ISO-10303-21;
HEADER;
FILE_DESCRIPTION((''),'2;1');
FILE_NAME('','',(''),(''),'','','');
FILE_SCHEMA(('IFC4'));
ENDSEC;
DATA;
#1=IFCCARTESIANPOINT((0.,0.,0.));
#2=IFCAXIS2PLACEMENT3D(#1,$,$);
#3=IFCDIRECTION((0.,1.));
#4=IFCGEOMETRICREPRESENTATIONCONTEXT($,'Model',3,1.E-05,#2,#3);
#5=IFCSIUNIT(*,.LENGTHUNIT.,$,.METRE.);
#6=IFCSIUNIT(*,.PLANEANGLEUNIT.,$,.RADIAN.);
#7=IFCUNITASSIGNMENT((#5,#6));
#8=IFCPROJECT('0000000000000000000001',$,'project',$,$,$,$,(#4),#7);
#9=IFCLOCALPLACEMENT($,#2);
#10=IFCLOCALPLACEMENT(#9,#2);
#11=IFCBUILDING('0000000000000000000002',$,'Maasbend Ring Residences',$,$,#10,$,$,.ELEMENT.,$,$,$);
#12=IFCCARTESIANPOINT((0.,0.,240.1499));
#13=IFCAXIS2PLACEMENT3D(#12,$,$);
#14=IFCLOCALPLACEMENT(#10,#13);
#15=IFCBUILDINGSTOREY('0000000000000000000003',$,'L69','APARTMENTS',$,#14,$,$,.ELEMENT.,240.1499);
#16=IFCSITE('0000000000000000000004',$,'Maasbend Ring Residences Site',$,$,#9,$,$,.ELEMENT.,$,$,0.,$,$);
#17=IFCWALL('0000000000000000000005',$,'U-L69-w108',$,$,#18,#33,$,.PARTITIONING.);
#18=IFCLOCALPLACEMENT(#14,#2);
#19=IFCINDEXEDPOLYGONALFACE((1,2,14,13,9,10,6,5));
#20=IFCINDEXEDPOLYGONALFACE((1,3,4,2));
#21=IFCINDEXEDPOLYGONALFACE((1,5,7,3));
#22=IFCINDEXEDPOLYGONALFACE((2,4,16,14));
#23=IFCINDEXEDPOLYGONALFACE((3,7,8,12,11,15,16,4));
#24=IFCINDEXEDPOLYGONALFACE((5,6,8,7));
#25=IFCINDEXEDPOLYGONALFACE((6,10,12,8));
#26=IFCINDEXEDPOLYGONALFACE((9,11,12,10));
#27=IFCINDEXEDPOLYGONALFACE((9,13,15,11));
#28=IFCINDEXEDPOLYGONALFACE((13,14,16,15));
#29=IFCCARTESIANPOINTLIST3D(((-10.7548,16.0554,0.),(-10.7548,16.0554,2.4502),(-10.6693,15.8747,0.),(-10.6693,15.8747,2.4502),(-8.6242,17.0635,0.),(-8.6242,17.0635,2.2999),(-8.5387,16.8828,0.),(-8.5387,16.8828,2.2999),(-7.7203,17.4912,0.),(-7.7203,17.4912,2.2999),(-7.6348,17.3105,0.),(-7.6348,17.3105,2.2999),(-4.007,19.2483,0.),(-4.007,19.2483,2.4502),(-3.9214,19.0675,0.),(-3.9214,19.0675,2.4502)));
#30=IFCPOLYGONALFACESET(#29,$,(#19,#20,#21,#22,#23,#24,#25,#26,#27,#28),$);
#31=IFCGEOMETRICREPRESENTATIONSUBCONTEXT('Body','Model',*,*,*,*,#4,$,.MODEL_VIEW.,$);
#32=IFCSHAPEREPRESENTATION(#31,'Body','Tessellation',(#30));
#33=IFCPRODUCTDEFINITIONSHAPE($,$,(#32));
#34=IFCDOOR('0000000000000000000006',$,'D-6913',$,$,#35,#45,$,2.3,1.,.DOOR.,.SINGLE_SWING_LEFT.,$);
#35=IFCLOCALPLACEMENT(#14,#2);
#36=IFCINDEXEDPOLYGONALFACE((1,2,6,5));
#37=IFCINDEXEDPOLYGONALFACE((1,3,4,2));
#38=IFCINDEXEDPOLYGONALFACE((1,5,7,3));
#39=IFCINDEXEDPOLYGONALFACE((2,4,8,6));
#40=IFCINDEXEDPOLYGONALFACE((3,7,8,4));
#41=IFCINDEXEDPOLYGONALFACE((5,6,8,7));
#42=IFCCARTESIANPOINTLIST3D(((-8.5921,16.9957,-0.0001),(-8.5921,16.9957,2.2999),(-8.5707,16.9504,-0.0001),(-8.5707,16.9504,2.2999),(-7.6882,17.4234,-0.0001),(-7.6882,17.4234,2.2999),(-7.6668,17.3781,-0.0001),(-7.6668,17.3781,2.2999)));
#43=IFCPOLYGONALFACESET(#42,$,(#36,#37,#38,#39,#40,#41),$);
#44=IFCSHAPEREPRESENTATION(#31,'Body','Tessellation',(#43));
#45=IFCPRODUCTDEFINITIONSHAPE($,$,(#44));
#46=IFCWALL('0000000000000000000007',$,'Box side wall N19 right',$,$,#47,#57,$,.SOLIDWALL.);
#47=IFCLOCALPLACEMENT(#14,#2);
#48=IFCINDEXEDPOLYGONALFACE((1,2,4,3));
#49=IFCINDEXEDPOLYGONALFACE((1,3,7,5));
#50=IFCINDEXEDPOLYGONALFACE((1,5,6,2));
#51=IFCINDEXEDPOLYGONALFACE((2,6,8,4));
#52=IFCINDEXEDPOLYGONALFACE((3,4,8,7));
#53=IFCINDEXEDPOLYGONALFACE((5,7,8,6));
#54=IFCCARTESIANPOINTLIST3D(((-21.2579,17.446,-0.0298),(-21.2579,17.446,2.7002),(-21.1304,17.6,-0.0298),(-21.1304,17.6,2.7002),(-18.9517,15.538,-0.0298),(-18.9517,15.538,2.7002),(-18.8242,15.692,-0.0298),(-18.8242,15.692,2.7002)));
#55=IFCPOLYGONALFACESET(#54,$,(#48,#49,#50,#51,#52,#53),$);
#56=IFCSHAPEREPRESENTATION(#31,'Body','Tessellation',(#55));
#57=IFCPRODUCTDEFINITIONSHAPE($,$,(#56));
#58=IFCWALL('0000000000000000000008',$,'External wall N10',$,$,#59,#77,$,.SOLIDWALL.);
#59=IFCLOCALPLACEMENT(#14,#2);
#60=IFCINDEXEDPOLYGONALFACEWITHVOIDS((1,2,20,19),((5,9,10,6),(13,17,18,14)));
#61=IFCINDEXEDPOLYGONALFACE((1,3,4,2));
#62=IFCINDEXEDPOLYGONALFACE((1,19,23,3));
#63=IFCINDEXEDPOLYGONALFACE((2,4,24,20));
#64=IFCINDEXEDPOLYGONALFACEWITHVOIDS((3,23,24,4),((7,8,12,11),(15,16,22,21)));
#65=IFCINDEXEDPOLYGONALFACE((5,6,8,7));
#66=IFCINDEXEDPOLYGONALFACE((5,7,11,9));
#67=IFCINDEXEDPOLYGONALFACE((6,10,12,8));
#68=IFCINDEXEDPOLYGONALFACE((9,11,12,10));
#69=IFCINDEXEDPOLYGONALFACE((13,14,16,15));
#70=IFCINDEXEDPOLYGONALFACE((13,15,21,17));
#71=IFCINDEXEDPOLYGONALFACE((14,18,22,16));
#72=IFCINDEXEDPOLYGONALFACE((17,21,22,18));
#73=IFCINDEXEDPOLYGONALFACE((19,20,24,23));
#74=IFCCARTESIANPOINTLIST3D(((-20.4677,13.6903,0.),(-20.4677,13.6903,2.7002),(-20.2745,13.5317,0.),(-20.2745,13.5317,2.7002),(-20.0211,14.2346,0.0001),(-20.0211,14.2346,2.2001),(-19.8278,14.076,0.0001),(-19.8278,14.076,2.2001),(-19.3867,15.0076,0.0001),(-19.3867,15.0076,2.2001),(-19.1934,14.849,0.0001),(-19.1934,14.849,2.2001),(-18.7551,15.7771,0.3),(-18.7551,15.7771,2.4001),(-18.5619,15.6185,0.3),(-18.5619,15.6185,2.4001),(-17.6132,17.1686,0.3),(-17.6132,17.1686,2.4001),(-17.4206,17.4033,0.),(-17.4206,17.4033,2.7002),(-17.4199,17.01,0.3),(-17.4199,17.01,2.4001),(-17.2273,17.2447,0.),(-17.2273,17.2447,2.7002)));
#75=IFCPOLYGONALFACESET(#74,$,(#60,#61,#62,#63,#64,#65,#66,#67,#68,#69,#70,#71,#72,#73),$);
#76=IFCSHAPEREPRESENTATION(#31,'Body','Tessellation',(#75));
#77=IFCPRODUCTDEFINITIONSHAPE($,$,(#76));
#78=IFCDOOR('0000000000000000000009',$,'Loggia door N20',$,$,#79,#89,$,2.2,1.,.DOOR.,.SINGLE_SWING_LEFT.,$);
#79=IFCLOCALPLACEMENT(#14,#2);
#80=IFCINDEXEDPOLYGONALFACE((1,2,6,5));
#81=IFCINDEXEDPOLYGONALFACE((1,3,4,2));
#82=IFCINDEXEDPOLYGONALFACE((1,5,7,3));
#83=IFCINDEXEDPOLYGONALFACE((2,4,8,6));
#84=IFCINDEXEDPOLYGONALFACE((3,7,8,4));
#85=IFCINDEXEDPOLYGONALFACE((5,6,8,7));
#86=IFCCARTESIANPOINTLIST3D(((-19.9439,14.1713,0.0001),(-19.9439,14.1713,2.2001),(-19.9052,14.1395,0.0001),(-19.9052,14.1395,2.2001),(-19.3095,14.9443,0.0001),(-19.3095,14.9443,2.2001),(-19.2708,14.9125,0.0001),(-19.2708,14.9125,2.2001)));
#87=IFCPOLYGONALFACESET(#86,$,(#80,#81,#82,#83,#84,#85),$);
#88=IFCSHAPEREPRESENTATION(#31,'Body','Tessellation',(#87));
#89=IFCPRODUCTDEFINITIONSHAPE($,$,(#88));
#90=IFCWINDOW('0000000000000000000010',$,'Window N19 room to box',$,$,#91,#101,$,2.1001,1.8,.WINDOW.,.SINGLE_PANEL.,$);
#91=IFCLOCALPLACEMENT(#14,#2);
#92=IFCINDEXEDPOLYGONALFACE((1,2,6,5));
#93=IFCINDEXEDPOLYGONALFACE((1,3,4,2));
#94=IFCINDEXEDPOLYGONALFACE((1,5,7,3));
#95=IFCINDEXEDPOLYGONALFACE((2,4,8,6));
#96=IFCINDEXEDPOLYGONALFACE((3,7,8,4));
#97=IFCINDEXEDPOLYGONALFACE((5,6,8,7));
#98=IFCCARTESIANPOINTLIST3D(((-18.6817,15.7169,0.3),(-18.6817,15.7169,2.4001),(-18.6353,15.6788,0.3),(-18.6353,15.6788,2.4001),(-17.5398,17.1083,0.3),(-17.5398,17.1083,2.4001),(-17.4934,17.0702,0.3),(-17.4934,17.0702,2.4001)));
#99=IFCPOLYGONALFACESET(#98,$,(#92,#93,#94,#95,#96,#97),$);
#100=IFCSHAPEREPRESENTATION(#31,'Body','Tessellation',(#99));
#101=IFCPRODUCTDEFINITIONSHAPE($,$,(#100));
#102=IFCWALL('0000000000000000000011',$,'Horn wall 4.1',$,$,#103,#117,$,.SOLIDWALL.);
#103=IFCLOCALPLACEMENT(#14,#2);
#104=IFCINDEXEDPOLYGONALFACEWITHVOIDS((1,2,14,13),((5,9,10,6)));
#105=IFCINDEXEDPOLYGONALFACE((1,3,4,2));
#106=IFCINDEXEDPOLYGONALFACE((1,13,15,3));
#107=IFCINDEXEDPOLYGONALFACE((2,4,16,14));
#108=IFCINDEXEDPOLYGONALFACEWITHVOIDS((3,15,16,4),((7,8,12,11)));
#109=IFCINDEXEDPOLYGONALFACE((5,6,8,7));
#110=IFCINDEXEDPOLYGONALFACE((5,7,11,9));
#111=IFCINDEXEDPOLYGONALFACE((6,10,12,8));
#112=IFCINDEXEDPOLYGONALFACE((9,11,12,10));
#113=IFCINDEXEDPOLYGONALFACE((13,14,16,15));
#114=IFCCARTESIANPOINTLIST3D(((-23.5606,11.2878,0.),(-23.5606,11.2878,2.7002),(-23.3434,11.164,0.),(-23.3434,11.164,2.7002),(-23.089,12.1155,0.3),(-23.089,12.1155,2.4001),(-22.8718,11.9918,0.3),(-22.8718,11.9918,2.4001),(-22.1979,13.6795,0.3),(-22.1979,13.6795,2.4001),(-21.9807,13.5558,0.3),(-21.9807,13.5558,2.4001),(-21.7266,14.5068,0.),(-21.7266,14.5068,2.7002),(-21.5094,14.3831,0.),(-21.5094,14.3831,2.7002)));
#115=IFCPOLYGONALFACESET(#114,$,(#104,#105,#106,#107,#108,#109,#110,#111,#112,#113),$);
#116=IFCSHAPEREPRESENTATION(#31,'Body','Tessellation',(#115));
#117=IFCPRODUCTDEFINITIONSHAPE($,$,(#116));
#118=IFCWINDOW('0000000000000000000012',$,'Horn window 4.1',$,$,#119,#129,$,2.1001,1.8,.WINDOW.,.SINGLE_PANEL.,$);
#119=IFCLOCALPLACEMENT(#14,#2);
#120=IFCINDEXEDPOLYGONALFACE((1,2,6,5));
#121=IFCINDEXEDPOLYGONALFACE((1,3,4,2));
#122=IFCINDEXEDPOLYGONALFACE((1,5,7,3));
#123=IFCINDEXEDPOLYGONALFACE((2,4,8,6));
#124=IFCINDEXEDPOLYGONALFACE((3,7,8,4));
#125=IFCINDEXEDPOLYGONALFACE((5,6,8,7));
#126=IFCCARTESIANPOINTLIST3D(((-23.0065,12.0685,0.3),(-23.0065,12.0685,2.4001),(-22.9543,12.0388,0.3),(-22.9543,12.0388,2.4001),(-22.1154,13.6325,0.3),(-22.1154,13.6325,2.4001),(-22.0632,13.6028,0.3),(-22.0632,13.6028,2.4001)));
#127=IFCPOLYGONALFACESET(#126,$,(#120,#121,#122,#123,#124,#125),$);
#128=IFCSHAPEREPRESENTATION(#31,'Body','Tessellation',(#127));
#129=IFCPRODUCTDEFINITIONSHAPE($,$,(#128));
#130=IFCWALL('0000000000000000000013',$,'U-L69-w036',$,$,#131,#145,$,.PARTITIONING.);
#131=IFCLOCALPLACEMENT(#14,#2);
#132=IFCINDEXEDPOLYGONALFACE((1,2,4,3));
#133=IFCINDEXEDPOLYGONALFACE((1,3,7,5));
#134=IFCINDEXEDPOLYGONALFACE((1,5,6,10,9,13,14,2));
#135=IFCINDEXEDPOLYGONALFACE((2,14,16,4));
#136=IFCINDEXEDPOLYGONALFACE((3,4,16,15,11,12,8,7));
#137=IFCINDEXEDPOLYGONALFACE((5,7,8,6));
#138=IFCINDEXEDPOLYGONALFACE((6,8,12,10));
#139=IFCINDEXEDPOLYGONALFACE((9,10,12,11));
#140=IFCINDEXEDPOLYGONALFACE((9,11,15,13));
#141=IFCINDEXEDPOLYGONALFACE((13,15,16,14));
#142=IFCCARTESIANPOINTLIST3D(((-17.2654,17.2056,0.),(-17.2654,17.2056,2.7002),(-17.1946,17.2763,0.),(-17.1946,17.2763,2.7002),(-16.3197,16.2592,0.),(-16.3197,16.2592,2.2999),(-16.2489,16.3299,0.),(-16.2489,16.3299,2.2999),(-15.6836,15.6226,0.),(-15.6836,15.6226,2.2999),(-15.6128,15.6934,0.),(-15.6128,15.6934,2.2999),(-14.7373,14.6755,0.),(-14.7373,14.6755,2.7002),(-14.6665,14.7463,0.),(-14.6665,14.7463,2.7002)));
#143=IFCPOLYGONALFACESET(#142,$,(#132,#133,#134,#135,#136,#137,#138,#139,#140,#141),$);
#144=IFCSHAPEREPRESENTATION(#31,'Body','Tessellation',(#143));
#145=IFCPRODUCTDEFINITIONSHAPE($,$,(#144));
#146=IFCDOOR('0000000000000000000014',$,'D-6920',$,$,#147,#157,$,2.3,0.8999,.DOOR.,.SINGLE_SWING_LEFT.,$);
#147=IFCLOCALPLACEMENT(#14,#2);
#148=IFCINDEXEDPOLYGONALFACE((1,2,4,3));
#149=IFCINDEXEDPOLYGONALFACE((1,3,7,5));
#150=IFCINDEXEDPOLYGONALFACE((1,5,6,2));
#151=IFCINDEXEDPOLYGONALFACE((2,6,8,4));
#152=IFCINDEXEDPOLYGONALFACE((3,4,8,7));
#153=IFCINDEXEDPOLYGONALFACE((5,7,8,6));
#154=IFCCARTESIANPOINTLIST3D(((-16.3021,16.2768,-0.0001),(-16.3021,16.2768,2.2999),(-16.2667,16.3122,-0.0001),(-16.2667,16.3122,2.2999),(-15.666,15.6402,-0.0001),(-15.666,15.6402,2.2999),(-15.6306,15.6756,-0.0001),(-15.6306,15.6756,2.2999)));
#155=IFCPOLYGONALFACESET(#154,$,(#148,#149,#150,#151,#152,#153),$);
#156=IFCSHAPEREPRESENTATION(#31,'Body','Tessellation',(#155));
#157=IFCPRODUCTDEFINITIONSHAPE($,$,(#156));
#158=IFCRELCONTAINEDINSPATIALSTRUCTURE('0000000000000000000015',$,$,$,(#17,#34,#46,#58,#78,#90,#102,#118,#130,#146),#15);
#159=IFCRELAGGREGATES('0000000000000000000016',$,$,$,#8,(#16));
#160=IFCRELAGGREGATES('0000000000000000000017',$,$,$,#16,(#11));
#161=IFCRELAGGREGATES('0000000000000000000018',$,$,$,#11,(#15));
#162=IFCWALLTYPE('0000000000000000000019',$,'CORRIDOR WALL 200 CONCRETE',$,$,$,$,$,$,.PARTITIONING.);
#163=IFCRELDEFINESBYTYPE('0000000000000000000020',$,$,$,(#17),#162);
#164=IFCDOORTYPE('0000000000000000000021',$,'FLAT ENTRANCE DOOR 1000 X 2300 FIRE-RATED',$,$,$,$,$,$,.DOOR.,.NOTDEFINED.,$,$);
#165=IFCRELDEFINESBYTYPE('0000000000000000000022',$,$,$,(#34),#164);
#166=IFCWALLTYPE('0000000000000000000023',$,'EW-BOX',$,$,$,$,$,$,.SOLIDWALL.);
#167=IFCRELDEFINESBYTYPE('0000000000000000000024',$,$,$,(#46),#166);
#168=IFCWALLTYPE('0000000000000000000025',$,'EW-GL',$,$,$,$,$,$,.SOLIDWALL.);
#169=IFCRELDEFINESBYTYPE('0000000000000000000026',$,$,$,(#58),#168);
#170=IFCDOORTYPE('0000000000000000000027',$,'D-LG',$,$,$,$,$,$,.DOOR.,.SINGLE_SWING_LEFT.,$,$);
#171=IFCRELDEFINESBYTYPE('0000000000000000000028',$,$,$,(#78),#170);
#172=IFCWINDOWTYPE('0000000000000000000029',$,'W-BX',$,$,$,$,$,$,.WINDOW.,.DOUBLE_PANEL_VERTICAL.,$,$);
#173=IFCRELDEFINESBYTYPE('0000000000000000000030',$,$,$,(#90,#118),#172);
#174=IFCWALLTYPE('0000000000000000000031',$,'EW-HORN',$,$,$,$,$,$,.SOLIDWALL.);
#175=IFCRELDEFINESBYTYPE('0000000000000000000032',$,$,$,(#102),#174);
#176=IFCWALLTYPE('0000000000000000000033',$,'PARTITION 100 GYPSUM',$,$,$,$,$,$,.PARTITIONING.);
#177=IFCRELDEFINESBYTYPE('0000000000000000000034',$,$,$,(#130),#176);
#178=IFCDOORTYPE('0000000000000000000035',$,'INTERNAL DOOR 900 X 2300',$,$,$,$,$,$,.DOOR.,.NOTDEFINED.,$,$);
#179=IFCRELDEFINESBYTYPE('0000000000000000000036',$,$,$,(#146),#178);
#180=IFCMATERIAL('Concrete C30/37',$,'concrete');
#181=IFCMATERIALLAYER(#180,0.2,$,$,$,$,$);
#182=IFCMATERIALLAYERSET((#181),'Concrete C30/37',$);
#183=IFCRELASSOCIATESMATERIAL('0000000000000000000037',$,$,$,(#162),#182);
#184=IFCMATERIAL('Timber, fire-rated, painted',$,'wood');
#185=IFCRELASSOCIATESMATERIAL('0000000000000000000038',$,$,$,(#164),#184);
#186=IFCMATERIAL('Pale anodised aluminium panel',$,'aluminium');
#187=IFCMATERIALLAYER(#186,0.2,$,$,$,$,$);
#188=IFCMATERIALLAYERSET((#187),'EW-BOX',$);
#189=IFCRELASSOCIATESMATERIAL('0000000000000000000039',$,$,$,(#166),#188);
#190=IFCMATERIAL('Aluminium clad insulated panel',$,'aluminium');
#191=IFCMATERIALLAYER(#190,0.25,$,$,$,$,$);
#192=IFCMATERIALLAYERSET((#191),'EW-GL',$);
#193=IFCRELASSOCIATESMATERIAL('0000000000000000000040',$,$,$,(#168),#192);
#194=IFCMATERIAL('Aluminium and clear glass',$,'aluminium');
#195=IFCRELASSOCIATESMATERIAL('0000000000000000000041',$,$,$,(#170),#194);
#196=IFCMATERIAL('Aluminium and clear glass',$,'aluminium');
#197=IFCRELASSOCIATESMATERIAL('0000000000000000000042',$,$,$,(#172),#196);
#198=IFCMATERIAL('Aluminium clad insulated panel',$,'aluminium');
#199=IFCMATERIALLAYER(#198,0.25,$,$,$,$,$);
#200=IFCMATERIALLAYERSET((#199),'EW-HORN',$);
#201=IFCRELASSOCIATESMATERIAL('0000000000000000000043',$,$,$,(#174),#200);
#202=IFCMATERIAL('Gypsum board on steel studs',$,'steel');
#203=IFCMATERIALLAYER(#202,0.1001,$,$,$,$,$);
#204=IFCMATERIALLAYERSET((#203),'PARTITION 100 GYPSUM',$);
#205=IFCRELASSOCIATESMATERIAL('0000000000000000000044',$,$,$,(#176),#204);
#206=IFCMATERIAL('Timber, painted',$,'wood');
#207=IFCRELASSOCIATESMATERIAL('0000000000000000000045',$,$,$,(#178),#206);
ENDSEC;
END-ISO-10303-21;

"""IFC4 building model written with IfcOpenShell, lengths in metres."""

from ifc_helpers import new_model, si_unit, direction, frame, frame_2d, origin, place, context, subcontext, project, spatial, rectangle, extrude, material, layer, layer_set, type_object, element, fill, save


model = new_model("IFC4")

# Units and contexts
model_context = context("Model", 3, precision=1e-05, world=origin(), true_north=direction((0.0, 1.0)))
body_context = subcontext(model_context, "Body", "Model", "MODEL_VIEW")
ifc_project = project(units=[si_unit("LENGTHUNIT", "METRE"), si_unit("PLANEANGLEUNIT", "RADIAN")], contexts=[model_context])

# Site, building, storey
site_placement = place(None, origin())
site = spatial("IfcSite", under=ifc_project, at=site_placement, Name="Maasbend Ring Residences Site", CompositionType="ELEMENT", RefElevation=0.0)
building_placement = place(site_placement, origin())
building = spatial("IfcBuilding", under=site, at=building_placement, Name="Maasbend Ring Residences", CompositionType="ELEMENT")
storey_placement = place(building_placement, frame((0.0, 0.0, 240.1499)))
storey = spatial("IfcBuildingStorey", under=building, at=storey_placement, Name="L69", Description="APARTMENTS", CompositionType="ELEMENT", Elevation=240.1499)

# Wall, opening, door
ifc_material_1 = material(Name="Concrete C30/37", Category="concrete")
ifc_layer_1 = layer(ifc_material_1, 0.2)
ifc_layer_set_1 = layer_set([ifc_layer_1], Name="Concrete C30/37")
wall_type_1 = type_object("IfcWallType", Name="CORRIDOR WALL 200 CONCRETE", PredefinedType="PARTITIONING", material=ifc_layer_set_1)
wall_1_placement = place(storey_placement, frame((-10.7119, 15.9651, 0.0), z_axis=(0.0, 0.0, 1.0), x_axis=(0.903917, 0.427708, 0.0)))
wall_1 = element("IfcWall", 1, at=wall_1_placement, inside=storey, type_object=wall_type_1, Name="U-L69-w108", PredefinedType="PARTITIONING", context=body_context, shape_type="SweptSolid", body=[
    extrude(rectangle(XDim=7.4651, YDim=0.2, at=frame_2d((3.7324, 0.0))), origin(), (0.0, 0.0, 1.0), 2.4502),
])
opening_1_placement = place(wall_1_placement, frame((2.3569, 0.0, 0.0)))
opening_1 = element("IfcOpeningElement", 2, at=opening_1_placement, cuts=wall_1, PredefinedType="OPENING", context=body_context, shape_type="SweptSolid", body=[
    extrude(rectangle(XDim=1.0, YDim=2.3, at=frame_2d((0.5, 1.1499))), frame((0.0, 0.1099, 0.0), z_axis=(0.0, -1.0, 0.0), x_axis=(1.0, 0.0, 0.0)), (0.0, 0.0, 1.0), 0.22),
])
ifc_material_2 = material(Name="Timber, fire-rated, painted", Category="wood")
door_type_1 = type_object("IfcDoorType", Name="FLAT ENTRANCE DOOR 1000 X 2300 FIRE-RATED", OperationType="NOTDEFINED", PredefinedType="DOOR", material=ifc_material_2)
door_1_placement = place(opening_1_placement, origin())
door_1 = element("IfcDoor", 3, at=door_1_placement, inside=storey, type_object=door_type_1, Name="D-6913", OperationType="SINGLE_SWING_LEFT", OverallHeight=2.3, OverallWidth=1.0, PredefinedType="DOOR", context=body_context, shape_type="SweptSolid", body=[
    extrude(rectangle(XDim=1.0, YDim=2.3, at=frame_2d((0.5, 1.1499))), frame((0.0, 0.0249, 0.0), z_axis=(0.0, -1.0, 0.0), x_axis=(1.0, 0.0, 0.0)), (0.0, 0.0, 1.0), 0.05),
])
fill(opening_1, door_1)

# Wall
ifc_material_3 = material(Name="Pale anodised aluminium panel", Category="aluminium")
ifc_layer_2 = layer(ifc_material_3, 0.2)
ifc_layer_set_2 = layer_set([ifc_layer_2], Name="EW-BOX")
wall_type_2 = type_object("IfcWallType", Name="EW-BOX", PredefinedType="SOLIDWALL", material=ifc_layer_set_2)
wall_2_placement = place(storey_placement, frame((-18.8879, 15.615, -0.0298), z_axis=(0.0, 0.0, 1.0), x_axis=(-0.77049, 0.637453, 0.0)))
element("IfcWall", 4, at=wall_2_placement, inside=storey, type_object=wall_type_2, Name="Box side wall N19 right", PredefinedType="SOLIDWALL", context=body_context, shape_type="SweptSolid", body=[
    extrude(rectangle(XDim=2.9932, YDim=0.2, at=frame_2d((1.4966, 0.0))), origin(), (0.0, 0.0, 1.0), 2.73),
])

# Wall, openings, door, window
ifc_material_4 = material(Name="Aluminium clad insulated panel", Category="aluminium")
ifc_layer_3 = layer(ifc_material_4, 0.25)
ifc_layer_set_3 = layer_set([ifc_layer_3], Name="EW-GL")
wall_type_3 = type_object("IfcWallType", Name="EW-GL", PredefinedType="SOLIDWALL", material=ifc_layer_set_3)
wall_3_placement = place(storey_placement, frame((-17.324, 17.324, 0.0), z_axis=(0.0, 0.0, 1.0), x_axis=(-0.634397, -0.773008, 0.0)))
wall_3 = element("IfcWall", 5, at=wall_3_placement, inside=storey, type_object=wall_type_3, Name="External wall N10", PredefinedType="SOLIDWALL", context=body_context, shape_type="SweptSolid", body=[
    extrude(rectangle(XDim=4.8032, YDim=0.25, at=frame_2d((2.4016, 0.0))), origin(), (0.0, 0.0, 1.0), 2.7002),
])
opening_2_placement = place(wall_3_placement, frame((0.3037, 0.0, 0.3)))
opening_2 = element("IfcOpeningElement", 6, at=opening_2_placement, cuts=wall_3, PredefinedType="OPENING", context=body_context, shape_type="SweptSolid", body=[
    extrude(rectangle(XDim=1.8, YDim=2.1001, at=frame_2d((0.8999, 1.05))), frame((0.0, 0.135, 0.0), z_axis=(0.0, -1.0, 0.0), x_axis=(1.0, 0.0, 0.0)), (0.0, 0.0, 1.0), 0.27),
])
opening_3_placement = place(wall_3_placement, frame((3.0991, 0.0, 0.0)))
opening_3 = element("IfcOpeningElement", 7, at=opening_3_placement, cuts=wall_3, PredefinedType="OPENING", context=body_context, shape_type="SweptSolid", body=[
    extrude(rectangle(XDim=1.0, YDim=2.2, at=frame_2d((0.5, 1.1001))), frame((0.0, 0.135, 0.0), z_axis=(0.0, -1.0, 0.0), x_axis=(1.0, 0.0, 0.0)), (0.0, 0.0, 1.0), 0.27),
])
ifc_material_5 = material(Name="Aluminium and clear glass", Category="aluminium")
door_type_2 = type_object("IfcDoorType", Name="D-LG", OperationType="SINGLE_SWING_LEFT", PredefinedType="DOOR", material=ifc_material_5)
door_2_placement = place(opening_3_placement, origin())
door_2 = element("IfcDoor", 8, at=door_2_placement, inside=storey, type_object=door_type_2, Name="Loggia door N20", OperationType="SINGLE_SWING_LEFT", OverallHeight=2.2, OverallWidth=1.0, PredefinedType="DOOR", context=body_context, shape_type="SweptSolid", body=[
    extrude(rectangle(XDim=1.0, YDim=2.2, at=frame_2d((0.5, 1.1001))), frame((0.0, 0.0249, 0.0), z_axis=(0.0, -1.0, 0.0), x_axis=(1.0, 0.0, 0.0)), (0.0, 0.0, 1.0), 0.05),
])
fill(opening_3, door_2)
ifc_material_6 = material(Name="Aluminium and clear glass", Category="aluminium")
window_type = type_object("IfcWindowType", Name="W-BX", PartitioningType="DOUBLE_PANEL_VERTICAL", PredefinedType="WINDOW", material=ifc_material_6)
window_1_placement = place(opening_2_placement, origin())
window_1 = element("IfcWindow", 9, at=window_1_placement, inside=storey, type_object=window_type, Name="Window N19 room to box", OverallHeight=2.1001, OverallWidth=1.8, PartitioningType="SINGLE_PANEL", PredefinedType="WINDOW", context=body_context, shape_type="SweptSolid", body=[
    extrude(rectangle(XDim=1.8, YDim=2.1001, at=frame_2d((0.8999, 1.05))), frame((0.0, 0.03, 0.0), z_axis=(0.0, -1.0, 0.0), x_axis=(1.0, 0.0, 0.0)), (0.0, 0.0, 1.0), 0.0601),
])
fill(opening_2, window_1)

# Wall, opening, window
ifc_material_7 = material(Name="Aluminium clad insulated panel", Category="aluminium")
ifc_layer_4 = layer(ifc_material_7, 0.25)
ifc_layer_set_4 = layer_set([ifc_layer_4], Name="EW-HORN")
wall_type_4 = type_object("IfcWallType", Name="EW-HORN", PredefinedType="SOLIDWALL", material=ifc_layer_set_4)
wall_4_placement = place(storey_placement, frame((-21.6179, 14.4451, 0.0), z_axis=(0.0, 0.0, 1.0), x_axis=(-0.495031, -0.868875, 0.0)))
wall_4 = element("IfcWall", 10, at=wall_4_placement, inside=storey, type_object=wall_type_4, Name="Horn wall 4.1", PredefinedType="SOLIDWALL", context=body_context, shape_type="SweptSolid", body=[
    extrude(rectangle(XDim=3.7048, YDim=0.25, at=frame_2d((1.8525, 0.0))), origin(), (0.0, 0.0, 1.0), 2.7002),
])
opening_4_placement = place(wall_4_placement, frame((0.9524, 0.0, 0.3)))
opening_4 = element("IfcOpeningElement", 11, at=opening_4_placement, cuts=wall_4, PredefinedType="OPENING", context=body_context, shape_type="SweptSolid", body=[
    extrude(rectangle(XDim=1.8, YDim=2.1001, at=frame_2d((0.8999, 1.05))), frame((0.0, 0.135, 0.0), z_axis=(0.0, -1.0, 0.0), x_axis=(1.0, 0.0, 0.0)), (0.0, 0.0, 1.0), 0.27),
])
window_2_placement = place(opening_4_placement, origin())
window_2 = element("IfcWindow", 12, at=window_2_placement, inside=storey, type_object=window_type, Name="Horn window 4.1", OverallHeight=2.1001, OverallWidth=1.8, PartitioningType="SINGLE_PANEL", PredefinedType="WINDOW", context=body_context, shape_type="SweptSolid", body=[
    extrude(rectangle(XDim=1.8, YDim=2.1001, at=frame_2d((0.8999, 1.05))), frame((0.0, 0.03, 0.0), z_axis=(0.0, -1.0, 0.0), x_axis=(1.0, 0.0, 0.0)), (0.0, 0.0, 1.0), 0.0601),
])
fill(opening_4, window_2)

# Wall, opening, door
ifc_material_8 = material(Name="Gypsum board on steel studs", Category="steel")
ifc_layer_5 = layer(ifc_material_8, 0.1001)
ifc_layer_set_5 = layer_set([ifc_layer_5], Name="PARTITION 100 GYPSUM")
wall_type_5 = type_object("IfcWallType", Name="PARTITION 100 GYPSUM", PredefinedType="PARTITIONING", material=ifc_layer_set_5)
wall_5_placement = place(storey_placement, frame((-17.23, 17.241, 0.0), z_axis=(0.0, 0.0, 1.0), x_axis=(0.706834, -0.70738, 0.0)))
wall_5 = element("IfcWall", 13, at=wall_5_placement, inside=storey, type_object=wall_type_5, Name="U-L69-w036", PredefinedType="PARTITIONING", context=body_context, shape_type="SweptSolid", body=[
    extrude(rectangle(XDim=3.5767, YDim=0.1001, at=frame_2d((1.7883, 0.0))), origin(), (0.0, 0.0, 1.0), 2.7002),
])
opening_5_placement = place(wall_5_placement, frame((1.3379, 0.0, 0.0)))
opening_5 = element("IfcOpeningElement", 14, at=opening_5_placement, cuts=wall_5, PredefinedType="OPENING", context=body_context, shape_type="SweptSolid", body=[
    extrude(rectangle(XDim=0.8999, YDim=2.3, at=frame_2d((0.45, 1.1499))), frame((0.0, 0.0601, 0.0), z_axis=(0.0, -1.0, 0.0), x_axis=(1.0, 0.0, 0.0)), (0.0, 0.0, 1.0), 0.1201),
])
ifc_material_9 = material(Name="Timber, painted", Category="wood")
door_type_3 = type_object("IfcDoorType", Name="INTERNAL DOOR 900 X 2300", OperationType="NOTDEFINED", PredefinedType="DOOR", material=ifc_material_9)
door_3_placement = place(opening_5_placement, origin())
door_3 = element("IfcDoor", 15, at=door_3_placement, inside=storey, type_object=door_type_3, Name="D-6920", OperationType="SINGLE_SWING_LEFT", OverallHeight=2.3, OverallWidth=0.8999, PredefinedType="DOOR", context=body_context, shape_type="SweptSolid", body=[
    extrude(rectangle(XDim=0.8999, YDim=2.3, at=frame_2d((0.45, 1.1499))), frame((0.0, 0.0249, 0.0), z_axis=(0.0, -1.0, 0.0), x_axis=(1.0, 0.0, 0.0)), (0.0, 0.0, 1.0), 0.05),
])
fill(opening_5, door_3)

save(model, "model.ifc")
